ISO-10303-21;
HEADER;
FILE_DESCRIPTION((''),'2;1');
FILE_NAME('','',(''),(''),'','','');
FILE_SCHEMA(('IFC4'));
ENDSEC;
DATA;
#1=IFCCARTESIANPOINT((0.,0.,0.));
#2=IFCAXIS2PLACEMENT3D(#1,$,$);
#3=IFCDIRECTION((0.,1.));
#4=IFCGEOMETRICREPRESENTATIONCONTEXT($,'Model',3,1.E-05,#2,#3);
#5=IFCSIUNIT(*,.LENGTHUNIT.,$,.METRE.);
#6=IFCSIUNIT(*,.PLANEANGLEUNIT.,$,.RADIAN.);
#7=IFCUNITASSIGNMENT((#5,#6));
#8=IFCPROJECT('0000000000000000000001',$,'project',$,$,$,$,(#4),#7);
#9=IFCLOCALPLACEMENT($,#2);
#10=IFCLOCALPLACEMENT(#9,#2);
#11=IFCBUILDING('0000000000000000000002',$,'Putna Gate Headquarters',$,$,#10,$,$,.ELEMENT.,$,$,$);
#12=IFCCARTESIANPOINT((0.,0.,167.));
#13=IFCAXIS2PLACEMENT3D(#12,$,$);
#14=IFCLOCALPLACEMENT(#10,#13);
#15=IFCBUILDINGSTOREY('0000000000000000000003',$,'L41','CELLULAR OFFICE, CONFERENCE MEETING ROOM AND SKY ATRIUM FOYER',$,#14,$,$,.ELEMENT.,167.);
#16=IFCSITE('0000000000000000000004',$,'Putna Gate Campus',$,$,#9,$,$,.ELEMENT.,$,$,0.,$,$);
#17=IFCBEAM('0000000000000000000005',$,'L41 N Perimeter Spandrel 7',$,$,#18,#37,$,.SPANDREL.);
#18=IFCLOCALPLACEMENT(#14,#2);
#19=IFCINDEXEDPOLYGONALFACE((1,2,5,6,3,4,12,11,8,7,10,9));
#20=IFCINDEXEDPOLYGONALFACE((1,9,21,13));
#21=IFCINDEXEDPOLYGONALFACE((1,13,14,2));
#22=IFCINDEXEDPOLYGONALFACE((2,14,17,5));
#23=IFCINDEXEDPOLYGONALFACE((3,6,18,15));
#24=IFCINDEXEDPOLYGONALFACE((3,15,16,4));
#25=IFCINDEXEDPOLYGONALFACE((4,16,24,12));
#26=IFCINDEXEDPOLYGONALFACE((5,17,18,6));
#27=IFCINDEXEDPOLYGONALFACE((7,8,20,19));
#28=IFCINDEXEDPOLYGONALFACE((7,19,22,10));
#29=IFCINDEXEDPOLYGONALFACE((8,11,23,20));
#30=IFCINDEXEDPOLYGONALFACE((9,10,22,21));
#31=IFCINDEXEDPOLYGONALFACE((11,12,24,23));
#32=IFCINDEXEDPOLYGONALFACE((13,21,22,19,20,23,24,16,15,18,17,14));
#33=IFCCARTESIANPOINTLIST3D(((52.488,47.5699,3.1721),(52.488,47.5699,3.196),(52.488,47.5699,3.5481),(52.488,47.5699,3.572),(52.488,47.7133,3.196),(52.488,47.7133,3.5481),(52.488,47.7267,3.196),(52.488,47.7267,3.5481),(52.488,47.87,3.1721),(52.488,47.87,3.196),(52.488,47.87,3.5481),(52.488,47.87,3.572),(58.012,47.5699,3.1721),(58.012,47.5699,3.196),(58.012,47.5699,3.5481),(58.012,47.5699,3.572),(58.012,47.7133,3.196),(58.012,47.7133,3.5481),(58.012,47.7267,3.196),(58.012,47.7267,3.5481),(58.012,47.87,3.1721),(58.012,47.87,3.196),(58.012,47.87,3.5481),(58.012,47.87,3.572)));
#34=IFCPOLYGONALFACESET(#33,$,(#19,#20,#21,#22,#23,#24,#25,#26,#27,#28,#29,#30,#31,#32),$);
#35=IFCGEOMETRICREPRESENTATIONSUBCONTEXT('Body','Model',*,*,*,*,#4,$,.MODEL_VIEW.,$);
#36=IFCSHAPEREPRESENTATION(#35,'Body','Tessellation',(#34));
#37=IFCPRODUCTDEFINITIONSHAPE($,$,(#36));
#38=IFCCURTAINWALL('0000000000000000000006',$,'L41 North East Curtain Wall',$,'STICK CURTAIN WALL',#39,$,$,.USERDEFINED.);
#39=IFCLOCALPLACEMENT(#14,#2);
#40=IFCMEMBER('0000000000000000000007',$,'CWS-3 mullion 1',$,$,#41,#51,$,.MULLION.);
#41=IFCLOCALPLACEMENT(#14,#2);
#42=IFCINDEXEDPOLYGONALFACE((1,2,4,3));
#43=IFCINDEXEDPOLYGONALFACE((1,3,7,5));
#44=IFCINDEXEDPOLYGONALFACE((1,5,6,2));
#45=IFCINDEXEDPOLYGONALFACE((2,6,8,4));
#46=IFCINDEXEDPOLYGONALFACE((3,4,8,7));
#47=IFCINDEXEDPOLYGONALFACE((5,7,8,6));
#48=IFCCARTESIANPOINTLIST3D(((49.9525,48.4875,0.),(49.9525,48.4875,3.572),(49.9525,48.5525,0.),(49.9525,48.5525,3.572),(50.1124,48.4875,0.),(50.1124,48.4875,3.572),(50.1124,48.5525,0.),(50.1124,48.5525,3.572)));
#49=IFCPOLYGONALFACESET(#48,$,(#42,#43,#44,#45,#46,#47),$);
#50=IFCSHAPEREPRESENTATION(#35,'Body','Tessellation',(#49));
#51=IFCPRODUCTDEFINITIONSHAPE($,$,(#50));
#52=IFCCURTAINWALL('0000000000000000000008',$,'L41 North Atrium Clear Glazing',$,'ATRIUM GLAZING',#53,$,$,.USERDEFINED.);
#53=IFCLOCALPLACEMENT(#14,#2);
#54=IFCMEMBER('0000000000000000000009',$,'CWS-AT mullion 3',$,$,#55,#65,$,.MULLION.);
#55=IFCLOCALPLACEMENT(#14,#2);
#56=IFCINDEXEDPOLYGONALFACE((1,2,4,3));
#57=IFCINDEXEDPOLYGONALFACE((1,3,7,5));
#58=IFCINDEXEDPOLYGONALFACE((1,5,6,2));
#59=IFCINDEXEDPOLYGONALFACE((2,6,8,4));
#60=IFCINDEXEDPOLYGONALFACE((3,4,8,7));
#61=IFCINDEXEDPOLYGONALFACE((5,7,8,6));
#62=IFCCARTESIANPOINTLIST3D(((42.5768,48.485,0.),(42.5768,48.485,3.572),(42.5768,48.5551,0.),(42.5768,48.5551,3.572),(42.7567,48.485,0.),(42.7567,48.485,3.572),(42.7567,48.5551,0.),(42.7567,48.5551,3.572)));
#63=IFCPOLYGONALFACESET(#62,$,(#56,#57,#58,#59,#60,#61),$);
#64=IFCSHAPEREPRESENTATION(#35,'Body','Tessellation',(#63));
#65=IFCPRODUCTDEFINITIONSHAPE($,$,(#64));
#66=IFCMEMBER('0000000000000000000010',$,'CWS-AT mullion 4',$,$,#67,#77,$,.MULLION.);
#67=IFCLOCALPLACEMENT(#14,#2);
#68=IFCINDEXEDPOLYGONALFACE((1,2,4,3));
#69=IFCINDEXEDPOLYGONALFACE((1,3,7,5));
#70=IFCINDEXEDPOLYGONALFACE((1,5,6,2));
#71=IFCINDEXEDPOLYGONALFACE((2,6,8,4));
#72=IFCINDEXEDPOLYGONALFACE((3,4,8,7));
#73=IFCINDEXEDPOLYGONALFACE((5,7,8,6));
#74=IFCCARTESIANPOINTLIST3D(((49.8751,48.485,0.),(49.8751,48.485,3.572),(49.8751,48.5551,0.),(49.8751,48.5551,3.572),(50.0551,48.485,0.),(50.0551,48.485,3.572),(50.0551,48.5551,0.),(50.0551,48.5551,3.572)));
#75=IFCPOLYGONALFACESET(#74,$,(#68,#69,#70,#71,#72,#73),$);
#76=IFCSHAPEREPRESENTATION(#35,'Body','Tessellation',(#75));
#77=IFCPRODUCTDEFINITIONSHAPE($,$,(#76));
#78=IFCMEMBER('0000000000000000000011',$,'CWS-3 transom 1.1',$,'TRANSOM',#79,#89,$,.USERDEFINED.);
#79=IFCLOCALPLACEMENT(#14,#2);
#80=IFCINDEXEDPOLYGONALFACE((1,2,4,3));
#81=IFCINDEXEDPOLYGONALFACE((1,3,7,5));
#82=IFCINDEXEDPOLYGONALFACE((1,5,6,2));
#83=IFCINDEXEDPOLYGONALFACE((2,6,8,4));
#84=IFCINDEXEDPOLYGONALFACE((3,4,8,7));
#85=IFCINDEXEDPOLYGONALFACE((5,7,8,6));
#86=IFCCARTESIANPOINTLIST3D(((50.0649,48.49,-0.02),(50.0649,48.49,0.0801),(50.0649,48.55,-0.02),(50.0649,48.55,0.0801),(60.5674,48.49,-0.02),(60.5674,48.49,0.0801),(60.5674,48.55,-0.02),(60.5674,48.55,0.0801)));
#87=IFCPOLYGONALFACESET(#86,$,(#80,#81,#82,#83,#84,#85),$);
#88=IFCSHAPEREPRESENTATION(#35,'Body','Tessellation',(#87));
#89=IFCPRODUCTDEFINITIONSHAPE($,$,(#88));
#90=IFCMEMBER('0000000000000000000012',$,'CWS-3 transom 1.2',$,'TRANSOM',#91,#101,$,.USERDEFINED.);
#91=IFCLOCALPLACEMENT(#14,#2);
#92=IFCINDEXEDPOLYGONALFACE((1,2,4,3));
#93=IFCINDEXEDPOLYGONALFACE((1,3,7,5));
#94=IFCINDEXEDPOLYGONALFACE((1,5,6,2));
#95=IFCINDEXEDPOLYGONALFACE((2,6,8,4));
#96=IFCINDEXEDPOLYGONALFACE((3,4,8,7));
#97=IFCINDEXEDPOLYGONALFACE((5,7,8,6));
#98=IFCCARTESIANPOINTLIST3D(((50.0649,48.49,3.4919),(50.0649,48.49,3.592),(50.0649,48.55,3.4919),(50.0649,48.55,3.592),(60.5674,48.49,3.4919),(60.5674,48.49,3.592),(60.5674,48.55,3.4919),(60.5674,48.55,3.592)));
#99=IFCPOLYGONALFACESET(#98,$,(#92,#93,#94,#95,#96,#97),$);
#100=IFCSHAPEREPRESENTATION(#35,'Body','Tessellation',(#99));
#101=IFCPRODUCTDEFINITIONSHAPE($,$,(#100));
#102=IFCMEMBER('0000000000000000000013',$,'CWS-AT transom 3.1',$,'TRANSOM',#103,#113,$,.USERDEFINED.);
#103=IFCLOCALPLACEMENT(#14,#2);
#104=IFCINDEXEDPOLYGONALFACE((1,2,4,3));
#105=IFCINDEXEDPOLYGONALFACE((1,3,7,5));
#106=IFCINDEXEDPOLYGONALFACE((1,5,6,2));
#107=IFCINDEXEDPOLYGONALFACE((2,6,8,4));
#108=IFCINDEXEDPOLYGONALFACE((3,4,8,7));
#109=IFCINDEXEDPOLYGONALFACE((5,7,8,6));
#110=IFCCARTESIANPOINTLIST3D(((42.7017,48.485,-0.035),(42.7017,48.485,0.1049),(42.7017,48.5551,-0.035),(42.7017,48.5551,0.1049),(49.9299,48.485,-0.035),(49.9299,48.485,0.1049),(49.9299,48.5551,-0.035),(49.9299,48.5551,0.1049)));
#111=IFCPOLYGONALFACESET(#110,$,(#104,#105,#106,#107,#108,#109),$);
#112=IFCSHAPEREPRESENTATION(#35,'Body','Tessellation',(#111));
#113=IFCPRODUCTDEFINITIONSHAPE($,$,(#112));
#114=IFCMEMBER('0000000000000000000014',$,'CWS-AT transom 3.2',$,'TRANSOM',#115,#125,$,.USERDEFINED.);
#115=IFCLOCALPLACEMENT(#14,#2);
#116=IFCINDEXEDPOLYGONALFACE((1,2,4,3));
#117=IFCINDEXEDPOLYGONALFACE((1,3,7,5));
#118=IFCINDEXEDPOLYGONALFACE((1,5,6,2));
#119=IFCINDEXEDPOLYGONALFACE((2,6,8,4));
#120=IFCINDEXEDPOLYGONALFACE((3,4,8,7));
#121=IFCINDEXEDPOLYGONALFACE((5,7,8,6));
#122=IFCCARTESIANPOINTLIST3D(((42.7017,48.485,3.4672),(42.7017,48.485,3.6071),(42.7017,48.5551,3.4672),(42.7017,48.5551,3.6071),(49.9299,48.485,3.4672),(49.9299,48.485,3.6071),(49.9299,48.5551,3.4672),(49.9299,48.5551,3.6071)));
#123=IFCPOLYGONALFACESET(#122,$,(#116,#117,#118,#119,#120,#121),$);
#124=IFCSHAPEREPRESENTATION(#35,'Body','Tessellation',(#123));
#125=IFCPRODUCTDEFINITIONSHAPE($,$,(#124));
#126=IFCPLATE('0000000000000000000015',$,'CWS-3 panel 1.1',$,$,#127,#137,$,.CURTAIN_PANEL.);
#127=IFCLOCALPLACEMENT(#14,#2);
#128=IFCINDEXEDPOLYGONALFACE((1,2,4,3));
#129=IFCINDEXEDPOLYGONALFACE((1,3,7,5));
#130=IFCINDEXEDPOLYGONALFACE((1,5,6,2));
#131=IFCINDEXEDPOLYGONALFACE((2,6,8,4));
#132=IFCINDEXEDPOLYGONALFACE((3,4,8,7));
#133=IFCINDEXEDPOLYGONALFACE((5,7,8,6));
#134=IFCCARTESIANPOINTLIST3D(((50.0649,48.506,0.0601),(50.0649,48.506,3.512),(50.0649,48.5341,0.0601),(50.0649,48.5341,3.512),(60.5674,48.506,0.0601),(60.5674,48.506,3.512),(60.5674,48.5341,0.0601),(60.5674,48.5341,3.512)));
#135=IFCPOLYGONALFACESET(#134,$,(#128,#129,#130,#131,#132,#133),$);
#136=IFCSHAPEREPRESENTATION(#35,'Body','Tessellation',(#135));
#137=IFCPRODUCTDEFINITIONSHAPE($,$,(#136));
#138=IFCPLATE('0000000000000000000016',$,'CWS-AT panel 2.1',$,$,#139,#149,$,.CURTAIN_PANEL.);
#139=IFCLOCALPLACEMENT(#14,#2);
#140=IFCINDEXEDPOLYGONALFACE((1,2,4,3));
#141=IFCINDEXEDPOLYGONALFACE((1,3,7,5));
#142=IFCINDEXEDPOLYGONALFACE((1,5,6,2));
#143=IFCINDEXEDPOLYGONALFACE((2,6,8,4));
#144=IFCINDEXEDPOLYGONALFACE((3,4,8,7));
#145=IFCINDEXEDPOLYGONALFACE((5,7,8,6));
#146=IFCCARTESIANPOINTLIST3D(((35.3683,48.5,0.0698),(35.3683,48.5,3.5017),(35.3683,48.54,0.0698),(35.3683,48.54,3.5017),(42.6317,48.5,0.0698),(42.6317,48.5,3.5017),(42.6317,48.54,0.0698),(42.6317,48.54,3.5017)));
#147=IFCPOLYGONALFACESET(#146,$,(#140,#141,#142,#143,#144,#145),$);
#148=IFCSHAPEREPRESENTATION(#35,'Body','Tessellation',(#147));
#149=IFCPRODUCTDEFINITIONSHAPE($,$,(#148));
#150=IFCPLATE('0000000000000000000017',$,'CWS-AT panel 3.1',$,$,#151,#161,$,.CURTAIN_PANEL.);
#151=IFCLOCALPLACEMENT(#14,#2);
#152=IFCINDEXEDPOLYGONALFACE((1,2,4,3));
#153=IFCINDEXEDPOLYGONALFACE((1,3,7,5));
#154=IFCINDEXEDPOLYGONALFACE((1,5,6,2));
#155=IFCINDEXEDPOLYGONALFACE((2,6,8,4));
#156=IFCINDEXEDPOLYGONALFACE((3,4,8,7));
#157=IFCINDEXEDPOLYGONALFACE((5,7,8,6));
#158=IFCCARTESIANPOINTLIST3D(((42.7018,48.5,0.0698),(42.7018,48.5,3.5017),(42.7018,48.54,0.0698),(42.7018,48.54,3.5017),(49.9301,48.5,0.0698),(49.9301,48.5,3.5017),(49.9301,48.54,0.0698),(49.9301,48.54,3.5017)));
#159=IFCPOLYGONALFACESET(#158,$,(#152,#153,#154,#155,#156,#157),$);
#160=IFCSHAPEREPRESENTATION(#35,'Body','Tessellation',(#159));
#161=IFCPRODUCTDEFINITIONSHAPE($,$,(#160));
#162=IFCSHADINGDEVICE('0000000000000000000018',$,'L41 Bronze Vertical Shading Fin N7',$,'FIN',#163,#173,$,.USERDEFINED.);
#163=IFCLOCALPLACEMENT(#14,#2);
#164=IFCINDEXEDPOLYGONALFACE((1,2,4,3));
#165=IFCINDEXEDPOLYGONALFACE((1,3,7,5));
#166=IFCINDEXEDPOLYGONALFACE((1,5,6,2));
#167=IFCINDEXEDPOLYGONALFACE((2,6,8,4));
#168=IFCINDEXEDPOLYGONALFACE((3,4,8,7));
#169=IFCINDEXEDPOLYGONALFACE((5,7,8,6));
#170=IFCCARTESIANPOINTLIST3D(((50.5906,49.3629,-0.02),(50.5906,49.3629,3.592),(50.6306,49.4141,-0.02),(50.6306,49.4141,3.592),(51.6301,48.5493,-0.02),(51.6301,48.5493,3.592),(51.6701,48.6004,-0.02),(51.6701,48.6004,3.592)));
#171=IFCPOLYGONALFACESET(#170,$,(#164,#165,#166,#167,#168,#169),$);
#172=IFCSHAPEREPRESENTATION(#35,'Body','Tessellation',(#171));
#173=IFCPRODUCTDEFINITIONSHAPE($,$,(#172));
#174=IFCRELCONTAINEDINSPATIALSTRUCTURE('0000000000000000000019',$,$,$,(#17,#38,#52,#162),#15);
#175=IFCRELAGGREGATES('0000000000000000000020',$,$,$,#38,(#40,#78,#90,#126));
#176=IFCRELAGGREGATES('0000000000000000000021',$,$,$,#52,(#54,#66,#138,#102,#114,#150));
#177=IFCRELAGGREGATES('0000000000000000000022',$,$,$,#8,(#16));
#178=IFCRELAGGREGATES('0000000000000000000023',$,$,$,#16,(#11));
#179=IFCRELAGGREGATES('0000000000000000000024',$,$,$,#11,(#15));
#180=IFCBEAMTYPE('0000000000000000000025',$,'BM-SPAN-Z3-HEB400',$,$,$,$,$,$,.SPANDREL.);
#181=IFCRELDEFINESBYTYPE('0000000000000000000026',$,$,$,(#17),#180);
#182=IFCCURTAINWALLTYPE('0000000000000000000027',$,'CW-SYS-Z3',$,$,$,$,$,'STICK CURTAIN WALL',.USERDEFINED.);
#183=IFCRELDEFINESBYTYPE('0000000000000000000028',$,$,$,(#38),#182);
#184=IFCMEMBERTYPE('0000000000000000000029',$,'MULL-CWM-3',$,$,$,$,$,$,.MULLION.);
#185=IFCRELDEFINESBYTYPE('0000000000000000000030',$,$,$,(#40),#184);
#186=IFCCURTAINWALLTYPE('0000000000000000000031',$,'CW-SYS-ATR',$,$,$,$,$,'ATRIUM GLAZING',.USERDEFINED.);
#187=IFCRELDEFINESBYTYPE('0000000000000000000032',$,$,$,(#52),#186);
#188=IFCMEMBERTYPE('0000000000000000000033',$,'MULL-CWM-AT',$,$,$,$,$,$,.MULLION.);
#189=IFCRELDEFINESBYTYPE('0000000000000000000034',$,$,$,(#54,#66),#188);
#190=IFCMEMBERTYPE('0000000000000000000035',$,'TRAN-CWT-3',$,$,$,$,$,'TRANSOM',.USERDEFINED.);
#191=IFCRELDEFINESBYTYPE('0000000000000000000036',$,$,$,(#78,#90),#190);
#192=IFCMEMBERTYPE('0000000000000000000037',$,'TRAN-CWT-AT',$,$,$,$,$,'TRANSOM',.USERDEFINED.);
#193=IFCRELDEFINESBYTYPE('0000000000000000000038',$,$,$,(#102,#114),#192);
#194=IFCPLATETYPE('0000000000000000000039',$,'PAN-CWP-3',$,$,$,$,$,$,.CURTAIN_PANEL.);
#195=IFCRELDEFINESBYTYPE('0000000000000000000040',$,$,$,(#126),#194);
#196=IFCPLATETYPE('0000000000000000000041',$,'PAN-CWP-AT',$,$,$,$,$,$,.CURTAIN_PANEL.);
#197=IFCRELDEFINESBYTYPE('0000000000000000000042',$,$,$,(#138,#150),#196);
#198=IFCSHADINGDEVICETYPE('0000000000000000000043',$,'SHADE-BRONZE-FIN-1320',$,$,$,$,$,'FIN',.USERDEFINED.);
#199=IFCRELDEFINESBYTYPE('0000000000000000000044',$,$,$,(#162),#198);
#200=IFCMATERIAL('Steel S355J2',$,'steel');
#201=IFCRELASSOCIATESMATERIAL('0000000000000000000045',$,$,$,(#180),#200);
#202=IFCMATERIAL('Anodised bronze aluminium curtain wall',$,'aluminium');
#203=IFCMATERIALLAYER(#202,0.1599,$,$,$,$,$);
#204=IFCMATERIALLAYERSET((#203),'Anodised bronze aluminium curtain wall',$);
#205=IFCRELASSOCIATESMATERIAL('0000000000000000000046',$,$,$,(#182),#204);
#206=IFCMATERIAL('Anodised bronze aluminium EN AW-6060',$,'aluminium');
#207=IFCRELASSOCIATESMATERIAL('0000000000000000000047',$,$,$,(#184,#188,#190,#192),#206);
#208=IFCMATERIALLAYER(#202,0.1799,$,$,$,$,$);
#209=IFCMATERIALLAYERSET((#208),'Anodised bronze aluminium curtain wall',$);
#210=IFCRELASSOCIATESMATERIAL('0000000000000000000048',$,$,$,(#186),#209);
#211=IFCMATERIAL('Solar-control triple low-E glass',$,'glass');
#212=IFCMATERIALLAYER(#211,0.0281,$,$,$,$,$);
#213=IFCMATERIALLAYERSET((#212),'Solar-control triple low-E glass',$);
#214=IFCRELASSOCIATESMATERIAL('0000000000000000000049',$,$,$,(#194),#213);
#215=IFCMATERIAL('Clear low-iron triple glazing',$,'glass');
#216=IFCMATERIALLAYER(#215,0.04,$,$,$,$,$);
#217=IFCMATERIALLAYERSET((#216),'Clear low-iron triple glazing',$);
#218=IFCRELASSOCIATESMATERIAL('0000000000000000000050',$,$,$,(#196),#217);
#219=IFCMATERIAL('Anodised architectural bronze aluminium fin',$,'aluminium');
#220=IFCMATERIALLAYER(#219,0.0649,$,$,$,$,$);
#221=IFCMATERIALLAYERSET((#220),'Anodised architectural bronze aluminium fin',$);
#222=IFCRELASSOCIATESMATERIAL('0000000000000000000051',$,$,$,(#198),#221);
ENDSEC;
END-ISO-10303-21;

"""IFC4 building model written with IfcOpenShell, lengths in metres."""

from ifc_helpers import new_model, si_unit, direction, frame, origin, origin_2d, place, context, subcontext, project, spatial, rectangle, i_section, extrude, material, layer, layer_set, material_profile, profile_set, type_object, element, aggregate, save


model = new_model("IFC4")

# Units and contexts
model_context = context("Model", 3, precision=1e-05, world=origin(), true_north=direction((0.0, 1.0)))
body_context = subcontext(model_context, "Body", "Model", "MODEL_VIEW")
ifc_project = project(units=[si_unit("LENGTHUNIT", "METRE"), si_unit("PLANEANGLEUNIT", "RADIAN")], contexts=[model_context])

# Site, building, storey
site_placement = place(None, origin())
site = spatial("IfcSite", under=ifc_project, at=site_placement, Name="Putna Gate Campus", CompositionType="ELEMENT", RefElevation=0.0)
building_placement = place(site_placement, origin())
building = spatial("IfcBuilding", under=site, at=building_placement, Name="Putna Gate Headquarters", CompositionType="ELEMENT")
storey_placement = place(building_placement, frame((0.0, 0.0, 167.0)))
storey = spatial("IfcBuildingStorey", under=building, at=storey_placement, Name="L41", Description="CELLULAR OFFICE, CONFERENCE MEETING ROOM AND SKY ATRIUM FOYER", CompositionType="ELEMENT", Elevation=167.0)

# Beam
ifc_material_1 = material(Name="Steel S355J2", Category="steel")
ifc_material_profile_1 = material_profile(ifc_material_1, i_section(OverallWidth=0.3, OverallDepth=0.3999, WebThickness=0.0134, FlangeThickness=0.0239, at=origin_2d()), Name="Steel S355J2")
ifc_profile_set_1 = profile_set([ifc_material_profile_1], Name="Steel S355J2")
beam_type_1 = type_object("IfcBeamType", Name="BM-SPAN-Z3-HEB400", PredefinedType="SPANDREL", material=ifc_profile_set_1)
for number, where, z_axis, x_axis, name in (
    (1, (52.488, 47.72, 3.3721), (1.0, 0.0, 0.0), (0.0, 1.0, 0.0), "L41 N Perimeter Spandrel 7"),
):
    element("IfcBeam", number, at=place(storey_placement, frame(where, z_axis=z_axis, x_axis=x_axis)), inside=storey, type_object=beam_type_1, Name=name, PredefinedType="SPANDREL", context=body_context, shape_type="SweptSolid", body=[
        extrude(i_section(OverallWidth=0.3, OverallDepth=0.3999, WebThickness=0.0134, FlangeThickness=0.0239, at=origin_2d()), origin(), (0.0, 0.0, 1.0), 5.5239),
    ])

# Curtain wall, member
ifc_material_2 = material(Name="Anodised bronze aluminium curtain wall", Category="aluminium")
ifc_layer_1 = layer(ifc_material_2, 0.1599)
ifc_layer_set_1 = layer_set([ifc_layer_1], Name="Anodised bronze aluminium curtain wall")
curtain_wall_type_1 = type_object("IfcCurtainWallType", Name="CW-SYS-Z3", ElementType="STICK CURTAIN WALL", PredefinedType="USERDEFINED", material=ifc_layer_set_1)
curtain_wall_1_placement = place(storey_placement, origin())
curtain_wall_1 = element("IfcCurtainWall", 2, at=curtain_wall_1_placement, inside=storey, type_object=curtain_wall_type_1, Name="L41 North East Curtain Wall", ObjectType="STICK CURTAIN WALL", PredefinedType="USERDEFINED")
ifc_material_3 = material(Name="Anodised bronze aluminium EN AW-6060", Category="aluminium")
ifc_material_profile_2 = material_profile(ifc_material_3, rectangle(XDim=0.0649, YDim=0.1599, at=origin_2d()), Name="Anodised bronze aluminium EN AW-6060")
ifc_profile_set_2 = profile_set([ifc_material_profile_2], Name="Anodised bronze aluminium EN AW-6060")
member_type_1 = type_object("IfcMemberType", Name="MULL-CWM-3", PredefinedType="MULLION", material=ifc_profile_set_2)
member_1_placement = place(storey_placement, frame((50.0325, 48.52, 0.0), z_axis=(0.0, 0.0, 1.0), x_axis=(0.0, 1.0, 0.0)))
member_1 = element("IfcMember", 3, at=member_1_placement, type_object=member_type_1, Name="CWS-3 mullion 1", PredefinedType="MULLION", context=body_context, shape_type="SweptSolid", body=[
    extrude(rectangle(XDim=0.0649, YDim=0.1599, at=origin_2d()), origin(), (0.0, 0.0, 1.0), 3.572),
])

# Curtain wall, members
ifc_layer_2 = layer(ifc_material_2, 0.1799)
ifc_layer_set_2 = layer_set([ifc_layer_2], Name="Anodised bronze aluminium curtain wall")
curtain_wall_type_2 = type_object("IfcCurtainWallType", Name="CW-SYS-ATR", ElementType="ATRIUM GLAZING", PredefinedType="USERDEFINED", material=ifc_layer_set_2)
curtain_wall_2_placement = place(storey_placement, origin())
curtain_wall_2 = element("IfcCurtainWall", 4, at=curtain_wall_2_placement, inside=storey, type_object=curtain_wall_type_2, Name="L41 North Atrium Clear Glazing", ObjectType="ATRIUM GLAZING", PredefinedType="USERDEFINED")
ifc_material_profile_3 = material_profile(ifc_material_3, rectangle(XDim=0.0701, YDim=0.1799, at=origin_2d()), Name="Anodised bronze aluminium EN AW-6060")
ifc_profile_set_3 = profile_set([ifc_material_profile_3], Name="Anodised bronze aluminium EN AW-6060")
member_type_2 = type_object("IfcMemberType", Name="MULL-CWM-AT", PredefinedType="MULLION", material=ifc_profile_set_3)
member_2_placement = place(storey_placement, frame((42.6667, 48.52, 0.0), z_axis=(0.0, 0.0, 1.0), x_axis=(0.0, 1.0, 0.0)))
member_2 = element("IfcMember", 5, at=member_2_placement, type_object=member_type_2, Name="CWS-AT mullion 3", PredefinedType="MULLION", context=body_context, shape_type="SweptSolid", body=[
    extrude(rectangle(XDim=0.0701, YDim=0.1799, at=origin_2d()), origin(), (0.0, 0.0, 1.0), 3.572),
])
member_3_placement = place(storey_placement, frame((49.9651, 48.52, 0.0), z_axis=(0.0, 0.0, 1.0), x_axis=(0.0, 1.0, 0.0)))
member_3 = element("IfcMember", 6, at=member_3_placement, type_object=member_type_2, Name="CWS-AT mullion 4", PredefinedType="MULLION", context=body_context, shape_type="SweptSolid", body=[
    extrude(rectangle(XDim=0.0701, YDim=0.1799, at=origin_2d()), origin(), (0.0, 0.0, 1.0), 3.572),
])

# Members
ifc_material_profile_4 = material_profile(ifc_material_3, rectangle(XDim=0.0601, YDim=0.1001, at=origin_2d()), Name="Anodised bronze aluminium EN AW-6060")
ifc_profile_set_4 = profile_set([ifc_material_profile_4], Name="Anodised bronze aluminium EN AW-6060")
member_type_3 = type_object("IfcMemberType", Name="TRAN-CWT-3", ElementType="TRANSOM", PredefinedType="USERDEFINED", material=ifc_profile_set_4)
member_4_placement = place(storey_placement, frame((50.0649, 48.52, 0.03), z_axis=(1.0, 0.0, 0.0), x_axis=(0.0, 1.0, 0.0)))
member_4 = element("IfcMember", 7, at=member_4_placement, type_object=member_type_3, Name="CWS-3 transom 1.1", ObjectType="TRANSOM", PredefinedType="USERDEFINED", context=body_context, shape_type="SweptSolid", body=[
    extrude(rectangle(XDim=0.0601, YDim=0.1001, at=origin_2d()), origin(), (0.0, 0.0, 1.0), 10.5024),
])
member_5_placement = place(storey_placement, frame((50.0649, 48.52, 3.542), z_axis=(1.0, 0.0, 0.0), x_axis=(0.0, 1.0, 0.0)))
member_5 = element("IfcMember", 8, at=member_5_placement, type_object=member_type_3, Name="CWS-3 transom 1.2", ObjectType="TRANSOM", PredefinedType="USERDEFINED", context=body_context, shape_type="SweptSolid", body=[
    extrude(rectangle(XDim=0.0601, YDim=0.1001, at=origin_2d()), origin(), (0.0, 0.0, 1.0), 10.5024),
])
ifc_material_profile_5 = material_profile(ifc_material_3, rectangle(XDim=0.0701, YDim=0.1399, at=origin_2d()), Name="Anodised bronze aluminium EN AW-6060")
ifc_profile_set_5 = profile_set([ifc_material_profile_5], Name="Anodised bronze aluminium EN AW-6060")
member_type_4 = type_object("IfcMemberType", Name="TRAN-CWT-AT", ElementType="TRANSOM", PredefinedType="USERDEFINED", material=ifc_profile_set_5)
member_6_placement = place(storey_placement, frame((42.7017, 48.52, 0.0349), z_axis=(1.0, 0.0, 0.0), x_axis=(0.0, 1.0, 0.0)))
member_6 = element("IfcMember", 9, at=member_6_placement, type_object=member_type_4, Name="CWS-AT transom 3.1", ObjectType="TRANSOM", PredefinedType="USERDEFINED", context=body_context, shape_type="SweptSolid", body=[
    extrude(rectangle(XDim=0.0701, YDim=0.1399, at=origin_2d()), origin(), (0.0, 0.0, 1.0), 7.2283),
])
member_7_placement = place(storey_placement, frame((42.7017, 48.52, 3.5371), z_axis=(1.0, 0.0, 0.0), x_axis=(0.0, 1.0, 0.0)))
member_7 = element("IfcMember", 10, at=member_7_placement, type_object=member_type_4, Name="CWS-AT transom 3.2", ObjectType="TRANSOM", PredefinedType="USERDEFINED", context=body_context, shape_type="SweptSolid", body=[
    extrude(rectangle(XDim=0.0701, YDim=0.1399, at=origin_2d()), origin(), (0.0, 0.0, 1.0), 7.2283),
])

# Plates
ifc_material_4 = material(Name="Solar-control triple low-E glass", Category="glass")
ifc_layer_3 = layer(ifc_material_4, 0.0281)
ifc_layer_set_3 = layer_set([ifc_layer_3], Name="Solar-control triple low-E glass")
plate_type_1 = type_object("IfcPlateType", Name="PAN-CWP-3", PredefinedType="CURTAIN_PANEL", material=ifc_layer_set_3)
plate_1_placement = place(storey_placement, frame((55.3162, 48.52, 0.0601), z_axis=(0.0, 0.0, 1.0), x_axis=(1.0, 0.0, 0.0)))
plate_1 = element("IfcPlate", 11, at=plate_1_placement, type_object=plate_type_1, Name="CWS-3 panel 1.1", PredefinedType="CURTAIN_PANEL", context=body_context, shape_type="SweptSolid", body=[
    extrude(rectangle(XDim=10.5024, YDim=0.0281, at=origin_2d()), origin(), (0.0, 0.0, 1.0), 3.4519),
])
aggregate(curtain_wall_1, [member_1, member_4, member_5, plate_1])
ifc_material_5 = material(Name="Clear low-iron triple glazing", Category="glass")
ifc_layer_4 = layer(ifc_material_5, 0.04)
ifc_layer_set_4 = layer_set([ifc_layer_4], Name="Clear low-iron triple glazing")
plate_type_2 = type_object("IfcPlateType", Name="PAN-CWP-AT", PredefinedType="CURTAIN_PANEL", material=ifc_layer_set_4)
plate_2_placement = place(storey_placement, frame((39.0, 48.52, 0.0698), z_axis=(0.0, 0.0, 1.0), x_axis=(1.0, 0.0, 0.0)))
plate_2 = element("IfcPlate", 12, at=plate_2_placement, type_object=plate_type_2, Name="CWS-AT panel 2.1", PredefinedType="CURTAIN_PANEL", context=body_context, shape_type="SweptSolid", body=[
    extrude(rectangle(XDim=7.2634, YDim=0.04, at=origin_2d()), origin(), (0.0, 0.0, 1.0), 3.4319),
])
plate_3_placement = place(storey_placement, frame((46.3159, 48.52, 0.0698), z_axis=(0.0, 0.0, 1.0), x_axis=(1.0, 0.0, 0.0)))
plate_3 = element("IfcPlate", 13, at=plate_3_placement, type_object=plate_type_2, Name="CWS-AT panel 3.1", PredefinedType="CURTAIN_PANEL", context=body_context, shape_type="SweptSolid", body=[
    extrude(rectangle(XDim=7.2283, YDim=0.04, at=origin_2d()), origin(), (0.0, 0.0, 1.0), 3.4319),
])
aggregate(curtain_wall_2, [member_2, member_3, plate_2, member_6, member_7, plate_3])

# Shading device
ifc_material_6 = material(Name="Anodised architectural bronze aluminium fin", Category="aluminium")
ifc_layer_5 = layer(ifc_material_6, 0.0649)
ifc_layer_set_5 = layer_set([ifc_layer_5], Name="Anodised architectural bronze aluminium fin")
shading_device_type = type_object("IfcShadingDeviceType", Name="SHADE-BRONZE-FIN-1320", ElementType="FIN", PredefinedType="USERDEFINED", material=ifc_layer_set_5)
shading_device_placement = place(storey_placement, frame((51.1304, 48.9817, -0.02), z_axis=(0.0, 0.0, 1.0), x_axis=(-0.787473, 0.616349, 0.0)))
element("IfcShadingDevice", 14, at=shading_device_placement, inside=storey, type_object=shading_device_type, Name="L41 Bronze Vertical Shading Fin N7", ObjectType="FIN", PredefinedType="USERDEFINED", context=body_context, shape_type="SweptSolid", body=[
    extrude(rectangle(XDim=1.3201, YDim=0.0649, at=origin_2d()), origin(), (0.0, 0.0, 1.0), 3.6121),
])

save(model, "model.ifc")
